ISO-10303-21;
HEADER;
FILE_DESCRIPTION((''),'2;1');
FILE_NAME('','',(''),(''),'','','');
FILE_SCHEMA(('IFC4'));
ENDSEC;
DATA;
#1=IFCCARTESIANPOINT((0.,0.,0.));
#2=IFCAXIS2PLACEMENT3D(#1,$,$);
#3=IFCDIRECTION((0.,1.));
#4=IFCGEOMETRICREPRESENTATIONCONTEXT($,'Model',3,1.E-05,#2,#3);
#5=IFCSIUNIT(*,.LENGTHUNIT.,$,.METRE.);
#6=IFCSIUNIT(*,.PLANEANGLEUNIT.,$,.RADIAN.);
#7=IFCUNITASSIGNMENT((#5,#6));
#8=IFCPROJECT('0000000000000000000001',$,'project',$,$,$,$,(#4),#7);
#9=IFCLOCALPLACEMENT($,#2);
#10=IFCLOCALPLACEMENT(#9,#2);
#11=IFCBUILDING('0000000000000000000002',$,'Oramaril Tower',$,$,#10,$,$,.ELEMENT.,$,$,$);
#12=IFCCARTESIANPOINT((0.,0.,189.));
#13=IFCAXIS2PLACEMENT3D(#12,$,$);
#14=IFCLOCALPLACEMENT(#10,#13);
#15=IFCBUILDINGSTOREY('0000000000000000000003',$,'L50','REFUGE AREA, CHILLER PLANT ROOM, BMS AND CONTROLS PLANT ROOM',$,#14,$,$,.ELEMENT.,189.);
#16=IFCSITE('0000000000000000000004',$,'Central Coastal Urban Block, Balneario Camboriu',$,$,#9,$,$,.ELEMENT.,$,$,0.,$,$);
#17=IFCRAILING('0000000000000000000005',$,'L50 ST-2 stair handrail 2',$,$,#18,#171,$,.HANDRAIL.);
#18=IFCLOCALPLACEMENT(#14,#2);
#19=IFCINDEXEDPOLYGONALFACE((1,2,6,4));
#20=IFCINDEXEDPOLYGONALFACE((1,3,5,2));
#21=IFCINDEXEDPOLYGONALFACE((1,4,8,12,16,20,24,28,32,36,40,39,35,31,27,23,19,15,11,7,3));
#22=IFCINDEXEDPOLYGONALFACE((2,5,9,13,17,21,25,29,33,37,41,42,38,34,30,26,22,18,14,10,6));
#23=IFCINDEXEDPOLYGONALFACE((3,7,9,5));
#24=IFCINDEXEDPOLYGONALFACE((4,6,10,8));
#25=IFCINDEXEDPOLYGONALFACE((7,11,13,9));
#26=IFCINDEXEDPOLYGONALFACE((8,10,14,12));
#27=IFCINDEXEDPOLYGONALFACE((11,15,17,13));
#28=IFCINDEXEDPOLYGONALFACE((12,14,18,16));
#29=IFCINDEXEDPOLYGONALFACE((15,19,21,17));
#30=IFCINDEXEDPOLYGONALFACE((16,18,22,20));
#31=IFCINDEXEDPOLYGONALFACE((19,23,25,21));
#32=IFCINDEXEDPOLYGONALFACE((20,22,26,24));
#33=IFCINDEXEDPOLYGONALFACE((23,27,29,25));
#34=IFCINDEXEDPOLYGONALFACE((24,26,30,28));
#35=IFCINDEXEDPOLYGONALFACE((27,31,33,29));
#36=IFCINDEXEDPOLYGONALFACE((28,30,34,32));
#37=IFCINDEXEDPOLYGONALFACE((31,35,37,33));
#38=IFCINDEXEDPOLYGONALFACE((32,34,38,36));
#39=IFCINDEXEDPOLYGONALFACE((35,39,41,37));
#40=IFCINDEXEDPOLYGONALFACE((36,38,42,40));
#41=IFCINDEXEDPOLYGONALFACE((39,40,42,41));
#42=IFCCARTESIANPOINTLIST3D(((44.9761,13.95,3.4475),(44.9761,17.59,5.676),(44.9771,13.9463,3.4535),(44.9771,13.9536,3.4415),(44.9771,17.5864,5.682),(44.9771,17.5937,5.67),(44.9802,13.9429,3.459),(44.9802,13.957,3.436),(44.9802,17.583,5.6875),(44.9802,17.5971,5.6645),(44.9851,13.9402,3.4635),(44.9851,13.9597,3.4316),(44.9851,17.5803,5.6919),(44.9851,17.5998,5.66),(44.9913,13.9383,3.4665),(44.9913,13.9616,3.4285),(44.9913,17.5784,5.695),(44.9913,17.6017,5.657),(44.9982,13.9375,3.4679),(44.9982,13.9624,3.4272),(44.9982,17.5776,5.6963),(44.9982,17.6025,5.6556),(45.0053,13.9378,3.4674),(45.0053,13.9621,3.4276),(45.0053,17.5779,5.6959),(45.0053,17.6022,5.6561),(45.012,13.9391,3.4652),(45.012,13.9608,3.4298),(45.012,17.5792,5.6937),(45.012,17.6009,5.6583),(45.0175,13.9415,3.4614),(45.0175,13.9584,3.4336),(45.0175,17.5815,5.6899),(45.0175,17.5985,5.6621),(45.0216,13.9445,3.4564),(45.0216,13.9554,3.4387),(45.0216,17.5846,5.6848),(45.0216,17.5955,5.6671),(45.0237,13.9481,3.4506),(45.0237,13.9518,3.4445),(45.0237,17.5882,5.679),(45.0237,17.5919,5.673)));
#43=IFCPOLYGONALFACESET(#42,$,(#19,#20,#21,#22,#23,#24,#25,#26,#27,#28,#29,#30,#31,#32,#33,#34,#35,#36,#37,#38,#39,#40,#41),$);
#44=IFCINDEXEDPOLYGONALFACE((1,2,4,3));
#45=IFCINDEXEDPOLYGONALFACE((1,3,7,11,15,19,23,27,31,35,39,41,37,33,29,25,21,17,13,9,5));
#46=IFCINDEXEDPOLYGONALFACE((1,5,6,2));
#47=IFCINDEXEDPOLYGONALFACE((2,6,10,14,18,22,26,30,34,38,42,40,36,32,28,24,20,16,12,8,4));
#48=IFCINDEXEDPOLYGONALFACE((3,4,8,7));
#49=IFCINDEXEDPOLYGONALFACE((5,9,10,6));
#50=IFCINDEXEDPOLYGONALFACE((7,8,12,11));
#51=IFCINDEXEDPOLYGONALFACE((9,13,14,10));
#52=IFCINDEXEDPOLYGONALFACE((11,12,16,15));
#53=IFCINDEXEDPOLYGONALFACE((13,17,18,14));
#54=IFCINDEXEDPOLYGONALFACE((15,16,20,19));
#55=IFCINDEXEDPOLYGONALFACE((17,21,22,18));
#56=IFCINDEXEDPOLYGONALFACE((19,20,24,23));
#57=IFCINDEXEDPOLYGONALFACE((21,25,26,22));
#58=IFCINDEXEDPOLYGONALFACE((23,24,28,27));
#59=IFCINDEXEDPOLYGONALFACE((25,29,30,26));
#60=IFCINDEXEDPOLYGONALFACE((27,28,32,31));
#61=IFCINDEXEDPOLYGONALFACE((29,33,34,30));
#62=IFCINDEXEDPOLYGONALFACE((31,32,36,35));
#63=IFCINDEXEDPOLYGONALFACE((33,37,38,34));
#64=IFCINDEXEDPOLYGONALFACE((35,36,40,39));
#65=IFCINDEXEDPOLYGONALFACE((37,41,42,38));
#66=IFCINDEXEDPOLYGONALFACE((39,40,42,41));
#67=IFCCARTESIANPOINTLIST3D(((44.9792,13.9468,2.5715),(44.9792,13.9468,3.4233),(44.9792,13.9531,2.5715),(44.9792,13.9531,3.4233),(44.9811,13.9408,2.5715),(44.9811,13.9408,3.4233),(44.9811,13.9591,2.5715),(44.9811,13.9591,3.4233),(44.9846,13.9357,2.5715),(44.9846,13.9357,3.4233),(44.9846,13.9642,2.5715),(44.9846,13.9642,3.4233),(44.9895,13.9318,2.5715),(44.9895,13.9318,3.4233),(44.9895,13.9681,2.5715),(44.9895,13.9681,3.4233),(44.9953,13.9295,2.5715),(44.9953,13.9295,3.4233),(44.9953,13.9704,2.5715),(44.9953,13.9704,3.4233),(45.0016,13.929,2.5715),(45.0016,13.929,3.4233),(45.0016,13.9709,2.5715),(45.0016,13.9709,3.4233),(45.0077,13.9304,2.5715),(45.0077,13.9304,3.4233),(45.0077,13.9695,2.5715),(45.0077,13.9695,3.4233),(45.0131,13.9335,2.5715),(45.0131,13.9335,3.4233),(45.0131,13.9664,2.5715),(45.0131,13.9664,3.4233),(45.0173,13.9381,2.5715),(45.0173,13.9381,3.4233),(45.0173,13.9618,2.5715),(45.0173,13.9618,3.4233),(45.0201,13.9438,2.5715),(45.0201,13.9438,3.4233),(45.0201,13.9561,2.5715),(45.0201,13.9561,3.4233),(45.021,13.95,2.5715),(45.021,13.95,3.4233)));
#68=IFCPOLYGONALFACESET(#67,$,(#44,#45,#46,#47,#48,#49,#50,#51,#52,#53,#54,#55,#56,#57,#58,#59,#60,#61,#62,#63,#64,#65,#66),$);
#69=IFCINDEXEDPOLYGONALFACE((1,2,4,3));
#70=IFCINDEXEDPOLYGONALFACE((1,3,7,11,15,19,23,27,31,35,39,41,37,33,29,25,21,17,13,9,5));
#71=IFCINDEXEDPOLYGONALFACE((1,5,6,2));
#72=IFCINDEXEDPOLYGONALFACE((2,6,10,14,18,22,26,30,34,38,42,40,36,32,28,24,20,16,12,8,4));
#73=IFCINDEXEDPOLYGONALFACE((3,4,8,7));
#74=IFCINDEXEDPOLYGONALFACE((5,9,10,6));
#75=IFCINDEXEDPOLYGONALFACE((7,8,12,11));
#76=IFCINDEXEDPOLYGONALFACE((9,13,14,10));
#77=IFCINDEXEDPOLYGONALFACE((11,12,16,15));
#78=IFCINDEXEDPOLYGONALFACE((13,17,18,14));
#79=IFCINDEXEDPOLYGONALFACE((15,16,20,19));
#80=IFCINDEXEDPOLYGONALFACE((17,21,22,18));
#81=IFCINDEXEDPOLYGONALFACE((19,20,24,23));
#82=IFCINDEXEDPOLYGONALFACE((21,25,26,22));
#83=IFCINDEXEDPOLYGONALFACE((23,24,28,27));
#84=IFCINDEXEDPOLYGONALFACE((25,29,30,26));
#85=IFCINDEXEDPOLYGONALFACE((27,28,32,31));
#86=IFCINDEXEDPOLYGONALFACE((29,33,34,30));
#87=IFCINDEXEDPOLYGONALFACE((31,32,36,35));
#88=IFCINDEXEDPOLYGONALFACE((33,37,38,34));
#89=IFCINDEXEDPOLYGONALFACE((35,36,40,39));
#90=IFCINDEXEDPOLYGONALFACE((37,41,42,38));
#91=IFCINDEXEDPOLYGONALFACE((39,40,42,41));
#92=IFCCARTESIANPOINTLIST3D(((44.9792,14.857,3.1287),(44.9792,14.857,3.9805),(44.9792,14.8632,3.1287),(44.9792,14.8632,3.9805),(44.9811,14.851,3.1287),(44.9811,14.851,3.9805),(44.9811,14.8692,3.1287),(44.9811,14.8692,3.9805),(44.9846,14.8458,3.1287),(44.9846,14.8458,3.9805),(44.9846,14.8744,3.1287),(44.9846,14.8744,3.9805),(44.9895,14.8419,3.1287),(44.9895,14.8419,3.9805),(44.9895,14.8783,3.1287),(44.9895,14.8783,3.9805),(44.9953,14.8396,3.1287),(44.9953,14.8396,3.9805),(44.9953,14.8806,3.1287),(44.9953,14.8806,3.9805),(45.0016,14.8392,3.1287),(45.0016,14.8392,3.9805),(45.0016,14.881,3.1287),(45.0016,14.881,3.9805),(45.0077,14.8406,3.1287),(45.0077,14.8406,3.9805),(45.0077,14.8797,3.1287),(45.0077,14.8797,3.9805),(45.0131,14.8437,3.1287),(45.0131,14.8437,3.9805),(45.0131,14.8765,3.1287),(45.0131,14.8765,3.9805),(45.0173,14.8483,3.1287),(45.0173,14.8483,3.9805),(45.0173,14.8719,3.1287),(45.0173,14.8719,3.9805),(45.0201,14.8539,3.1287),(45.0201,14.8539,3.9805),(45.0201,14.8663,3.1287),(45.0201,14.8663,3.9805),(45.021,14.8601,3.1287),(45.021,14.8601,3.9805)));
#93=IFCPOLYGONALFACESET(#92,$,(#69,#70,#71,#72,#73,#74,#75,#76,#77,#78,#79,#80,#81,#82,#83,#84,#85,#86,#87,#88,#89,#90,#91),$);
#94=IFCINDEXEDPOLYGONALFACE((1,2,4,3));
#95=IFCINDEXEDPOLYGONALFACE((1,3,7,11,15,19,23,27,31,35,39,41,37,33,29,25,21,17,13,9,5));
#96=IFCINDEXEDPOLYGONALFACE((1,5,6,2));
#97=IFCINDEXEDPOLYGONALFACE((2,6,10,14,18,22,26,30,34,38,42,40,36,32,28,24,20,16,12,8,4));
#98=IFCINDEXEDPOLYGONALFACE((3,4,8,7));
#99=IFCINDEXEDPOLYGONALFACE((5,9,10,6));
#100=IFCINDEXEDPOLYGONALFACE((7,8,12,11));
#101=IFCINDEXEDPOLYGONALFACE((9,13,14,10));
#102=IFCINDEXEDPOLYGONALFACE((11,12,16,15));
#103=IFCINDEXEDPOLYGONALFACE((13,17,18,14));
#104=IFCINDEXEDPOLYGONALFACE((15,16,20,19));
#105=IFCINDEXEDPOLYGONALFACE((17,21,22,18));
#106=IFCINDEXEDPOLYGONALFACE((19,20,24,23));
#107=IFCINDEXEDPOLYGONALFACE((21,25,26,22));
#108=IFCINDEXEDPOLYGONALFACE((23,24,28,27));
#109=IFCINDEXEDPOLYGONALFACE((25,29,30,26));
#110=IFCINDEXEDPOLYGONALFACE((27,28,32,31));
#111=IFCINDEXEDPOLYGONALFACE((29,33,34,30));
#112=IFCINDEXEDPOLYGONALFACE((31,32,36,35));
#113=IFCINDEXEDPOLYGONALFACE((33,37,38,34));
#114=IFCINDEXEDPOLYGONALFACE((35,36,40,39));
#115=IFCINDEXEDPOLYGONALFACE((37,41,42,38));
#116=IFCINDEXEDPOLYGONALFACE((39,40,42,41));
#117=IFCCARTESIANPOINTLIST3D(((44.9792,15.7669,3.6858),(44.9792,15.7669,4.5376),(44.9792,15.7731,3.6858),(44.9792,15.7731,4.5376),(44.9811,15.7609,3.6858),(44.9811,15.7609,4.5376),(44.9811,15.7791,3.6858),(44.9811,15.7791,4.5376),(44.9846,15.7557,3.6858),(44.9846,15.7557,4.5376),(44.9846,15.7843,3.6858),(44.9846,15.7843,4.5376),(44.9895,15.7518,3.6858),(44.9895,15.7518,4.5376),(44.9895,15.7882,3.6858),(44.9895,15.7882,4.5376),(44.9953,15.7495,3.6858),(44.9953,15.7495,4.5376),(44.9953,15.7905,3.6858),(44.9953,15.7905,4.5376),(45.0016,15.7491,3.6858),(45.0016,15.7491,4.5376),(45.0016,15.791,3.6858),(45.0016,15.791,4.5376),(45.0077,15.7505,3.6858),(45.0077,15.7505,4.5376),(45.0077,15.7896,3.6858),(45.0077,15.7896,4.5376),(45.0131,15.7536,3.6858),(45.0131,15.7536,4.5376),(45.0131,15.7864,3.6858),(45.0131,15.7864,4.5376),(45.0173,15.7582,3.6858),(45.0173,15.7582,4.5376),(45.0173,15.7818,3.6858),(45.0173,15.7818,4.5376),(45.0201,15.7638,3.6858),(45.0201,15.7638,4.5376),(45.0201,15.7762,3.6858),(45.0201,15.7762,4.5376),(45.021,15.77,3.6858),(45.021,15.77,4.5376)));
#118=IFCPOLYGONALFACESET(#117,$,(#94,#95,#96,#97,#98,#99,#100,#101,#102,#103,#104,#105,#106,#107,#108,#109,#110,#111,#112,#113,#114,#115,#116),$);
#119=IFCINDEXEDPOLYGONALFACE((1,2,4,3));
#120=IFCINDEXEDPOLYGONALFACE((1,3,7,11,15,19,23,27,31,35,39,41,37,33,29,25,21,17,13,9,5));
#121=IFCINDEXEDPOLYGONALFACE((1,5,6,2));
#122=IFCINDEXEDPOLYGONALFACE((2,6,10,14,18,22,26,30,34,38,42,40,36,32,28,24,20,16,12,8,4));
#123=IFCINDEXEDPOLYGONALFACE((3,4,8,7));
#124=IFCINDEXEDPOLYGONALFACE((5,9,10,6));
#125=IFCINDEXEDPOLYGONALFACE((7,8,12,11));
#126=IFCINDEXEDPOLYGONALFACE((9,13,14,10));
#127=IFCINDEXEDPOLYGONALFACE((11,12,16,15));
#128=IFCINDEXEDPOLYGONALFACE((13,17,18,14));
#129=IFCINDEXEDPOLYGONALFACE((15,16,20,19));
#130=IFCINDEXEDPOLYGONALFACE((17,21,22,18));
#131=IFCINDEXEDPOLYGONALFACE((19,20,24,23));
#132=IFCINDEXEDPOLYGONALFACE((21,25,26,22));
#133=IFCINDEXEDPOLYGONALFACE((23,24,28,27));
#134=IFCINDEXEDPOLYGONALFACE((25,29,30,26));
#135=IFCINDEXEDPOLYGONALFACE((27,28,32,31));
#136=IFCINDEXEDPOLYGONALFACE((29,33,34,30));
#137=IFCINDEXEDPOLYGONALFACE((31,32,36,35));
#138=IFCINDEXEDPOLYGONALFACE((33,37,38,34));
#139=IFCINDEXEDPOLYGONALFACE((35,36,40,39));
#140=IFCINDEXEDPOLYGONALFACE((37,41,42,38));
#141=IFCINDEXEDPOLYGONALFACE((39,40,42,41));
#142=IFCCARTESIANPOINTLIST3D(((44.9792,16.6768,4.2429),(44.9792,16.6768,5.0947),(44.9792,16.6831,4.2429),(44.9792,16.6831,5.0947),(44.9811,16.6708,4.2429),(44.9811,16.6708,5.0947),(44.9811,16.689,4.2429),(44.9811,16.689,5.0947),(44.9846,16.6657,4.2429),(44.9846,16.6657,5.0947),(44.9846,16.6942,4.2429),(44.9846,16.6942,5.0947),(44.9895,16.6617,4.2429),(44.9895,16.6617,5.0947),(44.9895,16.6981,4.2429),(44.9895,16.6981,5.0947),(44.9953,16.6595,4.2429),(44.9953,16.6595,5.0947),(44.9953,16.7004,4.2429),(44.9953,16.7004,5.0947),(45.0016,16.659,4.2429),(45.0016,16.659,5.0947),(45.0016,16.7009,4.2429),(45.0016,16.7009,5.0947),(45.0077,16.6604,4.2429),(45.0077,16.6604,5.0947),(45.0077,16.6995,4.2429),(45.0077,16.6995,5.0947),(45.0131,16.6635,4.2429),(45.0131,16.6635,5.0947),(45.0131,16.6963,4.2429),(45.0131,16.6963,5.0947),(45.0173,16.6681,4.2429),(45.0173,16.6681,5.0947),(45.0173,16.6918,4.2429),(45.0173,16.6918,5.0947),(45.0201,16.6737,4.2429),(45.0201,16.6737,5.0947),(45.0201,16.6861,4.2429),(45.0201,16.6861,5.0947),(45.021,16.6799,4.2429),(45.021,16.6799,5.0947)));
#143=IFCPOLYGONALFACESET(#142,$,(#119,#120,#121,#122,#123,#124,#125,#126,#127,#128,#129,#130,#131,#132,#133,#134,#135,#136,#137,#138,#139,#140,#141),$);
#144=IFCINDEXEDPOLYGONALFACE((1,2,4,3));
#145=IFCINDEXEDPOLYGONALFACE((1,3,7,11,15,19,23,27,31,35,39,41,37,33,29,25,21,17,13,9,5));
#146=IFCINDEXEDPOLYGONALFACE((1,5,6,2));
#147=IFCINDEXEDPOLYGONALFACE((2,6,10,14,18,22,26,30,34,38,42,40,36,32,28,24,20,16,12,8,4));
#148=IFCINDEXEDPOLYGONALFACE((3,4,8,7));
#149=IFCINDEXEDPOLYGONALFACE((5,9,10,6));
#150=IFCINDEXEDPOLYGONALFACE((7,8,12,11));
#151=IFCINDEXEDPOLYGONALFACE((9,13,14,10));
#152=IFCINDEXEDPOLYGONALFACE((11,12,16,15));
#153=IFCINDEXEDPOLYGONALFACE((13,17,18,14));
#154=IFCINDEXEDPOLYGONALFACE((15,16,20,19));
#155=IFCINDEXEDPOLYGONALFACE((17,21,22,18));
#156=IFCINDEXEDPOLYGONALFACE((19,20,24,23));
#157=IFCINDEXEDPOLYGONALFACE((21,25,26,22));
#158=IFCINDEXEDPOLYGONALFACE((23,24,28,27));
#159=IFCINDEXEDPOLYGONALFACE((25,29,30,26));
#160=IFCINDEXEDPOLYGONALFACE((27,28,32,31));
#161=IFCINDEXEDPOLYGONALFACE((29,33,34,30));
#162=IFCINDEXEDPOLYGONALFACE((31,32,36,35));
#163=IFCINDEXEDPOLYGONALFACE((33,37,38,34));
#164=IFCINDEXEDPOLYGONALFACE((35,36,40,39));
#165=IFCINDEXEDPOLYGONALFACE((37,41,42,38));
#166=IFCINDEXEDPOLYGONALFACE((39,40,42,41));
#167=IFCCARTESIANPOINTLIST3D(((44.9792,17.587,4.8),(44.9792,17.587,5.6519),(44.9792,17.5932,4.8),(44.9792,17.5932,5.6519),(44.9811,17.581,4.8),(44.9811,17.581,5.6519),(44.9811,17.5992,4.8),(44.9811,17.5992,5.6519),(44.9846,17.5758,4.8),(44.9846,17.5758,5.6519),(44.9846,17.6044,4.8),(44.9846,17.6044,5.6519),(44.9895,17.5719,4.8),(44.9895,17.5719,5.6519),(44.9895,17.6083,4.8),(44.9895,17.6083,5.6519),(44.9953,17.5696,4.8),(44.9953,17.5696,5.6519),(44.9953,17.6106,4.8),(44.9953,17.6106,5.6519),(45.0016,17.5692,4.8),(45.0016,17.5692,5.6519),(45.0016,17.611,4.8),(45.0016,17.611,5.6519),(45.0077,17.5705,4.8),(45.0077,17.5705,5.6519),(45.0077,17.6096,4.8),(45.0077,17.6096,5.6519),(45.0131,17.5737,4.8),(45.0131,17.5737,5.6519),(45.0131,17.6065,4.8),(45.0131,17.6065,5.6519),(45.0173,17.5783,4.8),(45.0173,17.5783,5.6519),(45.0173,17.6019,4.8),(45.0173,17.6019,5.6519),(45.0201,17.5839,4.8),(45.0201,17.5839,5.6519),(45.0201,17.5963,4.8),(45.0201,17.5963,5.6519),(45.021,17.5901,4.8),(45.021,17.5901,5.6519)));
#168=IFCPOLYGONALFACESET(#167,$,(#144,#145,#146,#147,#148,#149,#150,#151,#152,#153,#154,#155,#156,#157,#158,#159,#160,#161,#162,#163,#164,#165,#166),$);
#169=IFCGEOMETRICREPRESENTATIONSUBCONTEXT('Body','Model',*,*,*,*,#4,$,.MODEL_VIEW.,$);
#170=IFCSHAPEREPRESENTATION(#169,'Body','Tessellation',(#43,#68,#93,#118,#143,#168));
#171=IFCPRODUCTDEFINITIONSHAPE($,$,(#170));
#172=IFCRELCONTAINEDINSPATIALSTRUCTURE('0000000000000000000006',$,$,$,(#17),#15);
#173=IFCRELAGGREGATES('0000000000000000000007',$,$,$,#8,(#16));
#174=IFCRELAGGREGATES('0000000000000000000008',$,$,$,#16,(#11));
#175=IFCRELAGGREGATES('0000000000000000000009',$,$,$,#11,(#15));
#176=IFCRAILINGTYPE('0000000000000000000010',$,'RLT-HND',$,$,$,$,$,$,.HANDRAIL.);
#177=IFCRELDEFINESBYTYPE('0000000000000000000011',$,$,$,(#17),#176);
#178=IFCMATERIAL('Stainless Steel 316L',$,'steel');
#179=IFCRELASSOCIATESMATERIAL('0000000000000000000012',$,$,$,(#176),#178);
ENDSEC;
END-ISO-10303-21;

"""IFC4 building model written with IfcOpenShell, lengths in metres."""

from ifc_helpers import new_model, si_unit, direction, frame, origin, origin_2d, place, context, subcontext, project, spatial, circle, extrude, material, type_object, element, save


model = new_model("IFC4")

# Units and contexts
model_context = context("Model", 3, precision=1e-05, world=origin(), true_north=direction((0.0, 1.0)))
body_context = subcontext(model_context, "Body", "Model", "MODEL_VIEW")
ifc_project = project(units=[si_unit("LENGTHUNIT", "METRE"), si_unit("PLANEANGLEUNIT", "RADIAN")], contexts=[model_context])

# Site, building, storey
site_placement = place(None, origin())
site = spatial("IfcSite", under=ifc_project, at=site_placement, Name="Central Coastal Urban Block, Balneario Camboriu", CompositionType="ELEMENT", RefElevation=0.0)
building_placement = place(site_placement, origin())
building = spatial("IfcBuilding", under=site, at=building_placement, Name="Oramaril Tower", CompositionType="ELEMENT")
storey_placement = place(building_placement, frame((0.0, 0.0, 189.0)))
storey = spatial("IfcBuildingStorey", under=building, at=storey_placement, Name="L50", Description="REFUGE AREA, CHILLER PLANT ROOM, BMS AND CONTROLS PLANT ROOM", CompositionType="ELEMENT", Elevation=189.0)

# Railing
ifc_material_1 = material(Name="Stainless Steel 316L", Category="steel")
railing_type = type_object("IfcRailingType", Name="RLT-HND", PredefinedType="HANDRAIL", material=ifc_material_1)
railing_placement = place(storey_placement, frame((45.0, 13.95, 2.5715)))
element("IfcRailing", 1, at=railing_placement, inside=storey, type_object=railing_type, Name="L50 ST-2 stair handrail 2", PredefinedType="HANDRAIL", context=body_context, shape_type="SweptSolid", body=[
    extrude(circle(Radius=0.0239, at=origin_2d()), frame((0.0, 0.0, 0.876), z_axis=(0.0, 0.852866, 0.52213), x_axis=(-1.0, 0.0, 0.0)), (0.0, 0.0, 1.0), 4.2681),
    extrude(circle(Radius=0.021, at=origin_2d()), origin(), (0.0, 0.0, 1.0), 0.8518),
    extrude(circle(Radius=0.021, at=origin_2d()), frame((0.0, 0.9102, 0.5571)), (0.0, 0.0, 1.0), 0.8518),
    extrude(circle(Radius=0.021, at=origin_2d()), frame((0.0, 1.8201, 1.1143)), (0.0, 0.0, 1.0), 0.8518),
    extrude(circle(Radius=0.021, at=origin_2d()), frame((0.0, 2.73, 1.6714)), (0.0, 0.0, 1.0), 0.8518),
    extrude(circle(Radius=0.021, at=origin_2d()), frame((0.0, 3.6401, 2.2285)), (0.0, 0.0, 1.0), 0.8518),
])

save(model, "model.ifc")
